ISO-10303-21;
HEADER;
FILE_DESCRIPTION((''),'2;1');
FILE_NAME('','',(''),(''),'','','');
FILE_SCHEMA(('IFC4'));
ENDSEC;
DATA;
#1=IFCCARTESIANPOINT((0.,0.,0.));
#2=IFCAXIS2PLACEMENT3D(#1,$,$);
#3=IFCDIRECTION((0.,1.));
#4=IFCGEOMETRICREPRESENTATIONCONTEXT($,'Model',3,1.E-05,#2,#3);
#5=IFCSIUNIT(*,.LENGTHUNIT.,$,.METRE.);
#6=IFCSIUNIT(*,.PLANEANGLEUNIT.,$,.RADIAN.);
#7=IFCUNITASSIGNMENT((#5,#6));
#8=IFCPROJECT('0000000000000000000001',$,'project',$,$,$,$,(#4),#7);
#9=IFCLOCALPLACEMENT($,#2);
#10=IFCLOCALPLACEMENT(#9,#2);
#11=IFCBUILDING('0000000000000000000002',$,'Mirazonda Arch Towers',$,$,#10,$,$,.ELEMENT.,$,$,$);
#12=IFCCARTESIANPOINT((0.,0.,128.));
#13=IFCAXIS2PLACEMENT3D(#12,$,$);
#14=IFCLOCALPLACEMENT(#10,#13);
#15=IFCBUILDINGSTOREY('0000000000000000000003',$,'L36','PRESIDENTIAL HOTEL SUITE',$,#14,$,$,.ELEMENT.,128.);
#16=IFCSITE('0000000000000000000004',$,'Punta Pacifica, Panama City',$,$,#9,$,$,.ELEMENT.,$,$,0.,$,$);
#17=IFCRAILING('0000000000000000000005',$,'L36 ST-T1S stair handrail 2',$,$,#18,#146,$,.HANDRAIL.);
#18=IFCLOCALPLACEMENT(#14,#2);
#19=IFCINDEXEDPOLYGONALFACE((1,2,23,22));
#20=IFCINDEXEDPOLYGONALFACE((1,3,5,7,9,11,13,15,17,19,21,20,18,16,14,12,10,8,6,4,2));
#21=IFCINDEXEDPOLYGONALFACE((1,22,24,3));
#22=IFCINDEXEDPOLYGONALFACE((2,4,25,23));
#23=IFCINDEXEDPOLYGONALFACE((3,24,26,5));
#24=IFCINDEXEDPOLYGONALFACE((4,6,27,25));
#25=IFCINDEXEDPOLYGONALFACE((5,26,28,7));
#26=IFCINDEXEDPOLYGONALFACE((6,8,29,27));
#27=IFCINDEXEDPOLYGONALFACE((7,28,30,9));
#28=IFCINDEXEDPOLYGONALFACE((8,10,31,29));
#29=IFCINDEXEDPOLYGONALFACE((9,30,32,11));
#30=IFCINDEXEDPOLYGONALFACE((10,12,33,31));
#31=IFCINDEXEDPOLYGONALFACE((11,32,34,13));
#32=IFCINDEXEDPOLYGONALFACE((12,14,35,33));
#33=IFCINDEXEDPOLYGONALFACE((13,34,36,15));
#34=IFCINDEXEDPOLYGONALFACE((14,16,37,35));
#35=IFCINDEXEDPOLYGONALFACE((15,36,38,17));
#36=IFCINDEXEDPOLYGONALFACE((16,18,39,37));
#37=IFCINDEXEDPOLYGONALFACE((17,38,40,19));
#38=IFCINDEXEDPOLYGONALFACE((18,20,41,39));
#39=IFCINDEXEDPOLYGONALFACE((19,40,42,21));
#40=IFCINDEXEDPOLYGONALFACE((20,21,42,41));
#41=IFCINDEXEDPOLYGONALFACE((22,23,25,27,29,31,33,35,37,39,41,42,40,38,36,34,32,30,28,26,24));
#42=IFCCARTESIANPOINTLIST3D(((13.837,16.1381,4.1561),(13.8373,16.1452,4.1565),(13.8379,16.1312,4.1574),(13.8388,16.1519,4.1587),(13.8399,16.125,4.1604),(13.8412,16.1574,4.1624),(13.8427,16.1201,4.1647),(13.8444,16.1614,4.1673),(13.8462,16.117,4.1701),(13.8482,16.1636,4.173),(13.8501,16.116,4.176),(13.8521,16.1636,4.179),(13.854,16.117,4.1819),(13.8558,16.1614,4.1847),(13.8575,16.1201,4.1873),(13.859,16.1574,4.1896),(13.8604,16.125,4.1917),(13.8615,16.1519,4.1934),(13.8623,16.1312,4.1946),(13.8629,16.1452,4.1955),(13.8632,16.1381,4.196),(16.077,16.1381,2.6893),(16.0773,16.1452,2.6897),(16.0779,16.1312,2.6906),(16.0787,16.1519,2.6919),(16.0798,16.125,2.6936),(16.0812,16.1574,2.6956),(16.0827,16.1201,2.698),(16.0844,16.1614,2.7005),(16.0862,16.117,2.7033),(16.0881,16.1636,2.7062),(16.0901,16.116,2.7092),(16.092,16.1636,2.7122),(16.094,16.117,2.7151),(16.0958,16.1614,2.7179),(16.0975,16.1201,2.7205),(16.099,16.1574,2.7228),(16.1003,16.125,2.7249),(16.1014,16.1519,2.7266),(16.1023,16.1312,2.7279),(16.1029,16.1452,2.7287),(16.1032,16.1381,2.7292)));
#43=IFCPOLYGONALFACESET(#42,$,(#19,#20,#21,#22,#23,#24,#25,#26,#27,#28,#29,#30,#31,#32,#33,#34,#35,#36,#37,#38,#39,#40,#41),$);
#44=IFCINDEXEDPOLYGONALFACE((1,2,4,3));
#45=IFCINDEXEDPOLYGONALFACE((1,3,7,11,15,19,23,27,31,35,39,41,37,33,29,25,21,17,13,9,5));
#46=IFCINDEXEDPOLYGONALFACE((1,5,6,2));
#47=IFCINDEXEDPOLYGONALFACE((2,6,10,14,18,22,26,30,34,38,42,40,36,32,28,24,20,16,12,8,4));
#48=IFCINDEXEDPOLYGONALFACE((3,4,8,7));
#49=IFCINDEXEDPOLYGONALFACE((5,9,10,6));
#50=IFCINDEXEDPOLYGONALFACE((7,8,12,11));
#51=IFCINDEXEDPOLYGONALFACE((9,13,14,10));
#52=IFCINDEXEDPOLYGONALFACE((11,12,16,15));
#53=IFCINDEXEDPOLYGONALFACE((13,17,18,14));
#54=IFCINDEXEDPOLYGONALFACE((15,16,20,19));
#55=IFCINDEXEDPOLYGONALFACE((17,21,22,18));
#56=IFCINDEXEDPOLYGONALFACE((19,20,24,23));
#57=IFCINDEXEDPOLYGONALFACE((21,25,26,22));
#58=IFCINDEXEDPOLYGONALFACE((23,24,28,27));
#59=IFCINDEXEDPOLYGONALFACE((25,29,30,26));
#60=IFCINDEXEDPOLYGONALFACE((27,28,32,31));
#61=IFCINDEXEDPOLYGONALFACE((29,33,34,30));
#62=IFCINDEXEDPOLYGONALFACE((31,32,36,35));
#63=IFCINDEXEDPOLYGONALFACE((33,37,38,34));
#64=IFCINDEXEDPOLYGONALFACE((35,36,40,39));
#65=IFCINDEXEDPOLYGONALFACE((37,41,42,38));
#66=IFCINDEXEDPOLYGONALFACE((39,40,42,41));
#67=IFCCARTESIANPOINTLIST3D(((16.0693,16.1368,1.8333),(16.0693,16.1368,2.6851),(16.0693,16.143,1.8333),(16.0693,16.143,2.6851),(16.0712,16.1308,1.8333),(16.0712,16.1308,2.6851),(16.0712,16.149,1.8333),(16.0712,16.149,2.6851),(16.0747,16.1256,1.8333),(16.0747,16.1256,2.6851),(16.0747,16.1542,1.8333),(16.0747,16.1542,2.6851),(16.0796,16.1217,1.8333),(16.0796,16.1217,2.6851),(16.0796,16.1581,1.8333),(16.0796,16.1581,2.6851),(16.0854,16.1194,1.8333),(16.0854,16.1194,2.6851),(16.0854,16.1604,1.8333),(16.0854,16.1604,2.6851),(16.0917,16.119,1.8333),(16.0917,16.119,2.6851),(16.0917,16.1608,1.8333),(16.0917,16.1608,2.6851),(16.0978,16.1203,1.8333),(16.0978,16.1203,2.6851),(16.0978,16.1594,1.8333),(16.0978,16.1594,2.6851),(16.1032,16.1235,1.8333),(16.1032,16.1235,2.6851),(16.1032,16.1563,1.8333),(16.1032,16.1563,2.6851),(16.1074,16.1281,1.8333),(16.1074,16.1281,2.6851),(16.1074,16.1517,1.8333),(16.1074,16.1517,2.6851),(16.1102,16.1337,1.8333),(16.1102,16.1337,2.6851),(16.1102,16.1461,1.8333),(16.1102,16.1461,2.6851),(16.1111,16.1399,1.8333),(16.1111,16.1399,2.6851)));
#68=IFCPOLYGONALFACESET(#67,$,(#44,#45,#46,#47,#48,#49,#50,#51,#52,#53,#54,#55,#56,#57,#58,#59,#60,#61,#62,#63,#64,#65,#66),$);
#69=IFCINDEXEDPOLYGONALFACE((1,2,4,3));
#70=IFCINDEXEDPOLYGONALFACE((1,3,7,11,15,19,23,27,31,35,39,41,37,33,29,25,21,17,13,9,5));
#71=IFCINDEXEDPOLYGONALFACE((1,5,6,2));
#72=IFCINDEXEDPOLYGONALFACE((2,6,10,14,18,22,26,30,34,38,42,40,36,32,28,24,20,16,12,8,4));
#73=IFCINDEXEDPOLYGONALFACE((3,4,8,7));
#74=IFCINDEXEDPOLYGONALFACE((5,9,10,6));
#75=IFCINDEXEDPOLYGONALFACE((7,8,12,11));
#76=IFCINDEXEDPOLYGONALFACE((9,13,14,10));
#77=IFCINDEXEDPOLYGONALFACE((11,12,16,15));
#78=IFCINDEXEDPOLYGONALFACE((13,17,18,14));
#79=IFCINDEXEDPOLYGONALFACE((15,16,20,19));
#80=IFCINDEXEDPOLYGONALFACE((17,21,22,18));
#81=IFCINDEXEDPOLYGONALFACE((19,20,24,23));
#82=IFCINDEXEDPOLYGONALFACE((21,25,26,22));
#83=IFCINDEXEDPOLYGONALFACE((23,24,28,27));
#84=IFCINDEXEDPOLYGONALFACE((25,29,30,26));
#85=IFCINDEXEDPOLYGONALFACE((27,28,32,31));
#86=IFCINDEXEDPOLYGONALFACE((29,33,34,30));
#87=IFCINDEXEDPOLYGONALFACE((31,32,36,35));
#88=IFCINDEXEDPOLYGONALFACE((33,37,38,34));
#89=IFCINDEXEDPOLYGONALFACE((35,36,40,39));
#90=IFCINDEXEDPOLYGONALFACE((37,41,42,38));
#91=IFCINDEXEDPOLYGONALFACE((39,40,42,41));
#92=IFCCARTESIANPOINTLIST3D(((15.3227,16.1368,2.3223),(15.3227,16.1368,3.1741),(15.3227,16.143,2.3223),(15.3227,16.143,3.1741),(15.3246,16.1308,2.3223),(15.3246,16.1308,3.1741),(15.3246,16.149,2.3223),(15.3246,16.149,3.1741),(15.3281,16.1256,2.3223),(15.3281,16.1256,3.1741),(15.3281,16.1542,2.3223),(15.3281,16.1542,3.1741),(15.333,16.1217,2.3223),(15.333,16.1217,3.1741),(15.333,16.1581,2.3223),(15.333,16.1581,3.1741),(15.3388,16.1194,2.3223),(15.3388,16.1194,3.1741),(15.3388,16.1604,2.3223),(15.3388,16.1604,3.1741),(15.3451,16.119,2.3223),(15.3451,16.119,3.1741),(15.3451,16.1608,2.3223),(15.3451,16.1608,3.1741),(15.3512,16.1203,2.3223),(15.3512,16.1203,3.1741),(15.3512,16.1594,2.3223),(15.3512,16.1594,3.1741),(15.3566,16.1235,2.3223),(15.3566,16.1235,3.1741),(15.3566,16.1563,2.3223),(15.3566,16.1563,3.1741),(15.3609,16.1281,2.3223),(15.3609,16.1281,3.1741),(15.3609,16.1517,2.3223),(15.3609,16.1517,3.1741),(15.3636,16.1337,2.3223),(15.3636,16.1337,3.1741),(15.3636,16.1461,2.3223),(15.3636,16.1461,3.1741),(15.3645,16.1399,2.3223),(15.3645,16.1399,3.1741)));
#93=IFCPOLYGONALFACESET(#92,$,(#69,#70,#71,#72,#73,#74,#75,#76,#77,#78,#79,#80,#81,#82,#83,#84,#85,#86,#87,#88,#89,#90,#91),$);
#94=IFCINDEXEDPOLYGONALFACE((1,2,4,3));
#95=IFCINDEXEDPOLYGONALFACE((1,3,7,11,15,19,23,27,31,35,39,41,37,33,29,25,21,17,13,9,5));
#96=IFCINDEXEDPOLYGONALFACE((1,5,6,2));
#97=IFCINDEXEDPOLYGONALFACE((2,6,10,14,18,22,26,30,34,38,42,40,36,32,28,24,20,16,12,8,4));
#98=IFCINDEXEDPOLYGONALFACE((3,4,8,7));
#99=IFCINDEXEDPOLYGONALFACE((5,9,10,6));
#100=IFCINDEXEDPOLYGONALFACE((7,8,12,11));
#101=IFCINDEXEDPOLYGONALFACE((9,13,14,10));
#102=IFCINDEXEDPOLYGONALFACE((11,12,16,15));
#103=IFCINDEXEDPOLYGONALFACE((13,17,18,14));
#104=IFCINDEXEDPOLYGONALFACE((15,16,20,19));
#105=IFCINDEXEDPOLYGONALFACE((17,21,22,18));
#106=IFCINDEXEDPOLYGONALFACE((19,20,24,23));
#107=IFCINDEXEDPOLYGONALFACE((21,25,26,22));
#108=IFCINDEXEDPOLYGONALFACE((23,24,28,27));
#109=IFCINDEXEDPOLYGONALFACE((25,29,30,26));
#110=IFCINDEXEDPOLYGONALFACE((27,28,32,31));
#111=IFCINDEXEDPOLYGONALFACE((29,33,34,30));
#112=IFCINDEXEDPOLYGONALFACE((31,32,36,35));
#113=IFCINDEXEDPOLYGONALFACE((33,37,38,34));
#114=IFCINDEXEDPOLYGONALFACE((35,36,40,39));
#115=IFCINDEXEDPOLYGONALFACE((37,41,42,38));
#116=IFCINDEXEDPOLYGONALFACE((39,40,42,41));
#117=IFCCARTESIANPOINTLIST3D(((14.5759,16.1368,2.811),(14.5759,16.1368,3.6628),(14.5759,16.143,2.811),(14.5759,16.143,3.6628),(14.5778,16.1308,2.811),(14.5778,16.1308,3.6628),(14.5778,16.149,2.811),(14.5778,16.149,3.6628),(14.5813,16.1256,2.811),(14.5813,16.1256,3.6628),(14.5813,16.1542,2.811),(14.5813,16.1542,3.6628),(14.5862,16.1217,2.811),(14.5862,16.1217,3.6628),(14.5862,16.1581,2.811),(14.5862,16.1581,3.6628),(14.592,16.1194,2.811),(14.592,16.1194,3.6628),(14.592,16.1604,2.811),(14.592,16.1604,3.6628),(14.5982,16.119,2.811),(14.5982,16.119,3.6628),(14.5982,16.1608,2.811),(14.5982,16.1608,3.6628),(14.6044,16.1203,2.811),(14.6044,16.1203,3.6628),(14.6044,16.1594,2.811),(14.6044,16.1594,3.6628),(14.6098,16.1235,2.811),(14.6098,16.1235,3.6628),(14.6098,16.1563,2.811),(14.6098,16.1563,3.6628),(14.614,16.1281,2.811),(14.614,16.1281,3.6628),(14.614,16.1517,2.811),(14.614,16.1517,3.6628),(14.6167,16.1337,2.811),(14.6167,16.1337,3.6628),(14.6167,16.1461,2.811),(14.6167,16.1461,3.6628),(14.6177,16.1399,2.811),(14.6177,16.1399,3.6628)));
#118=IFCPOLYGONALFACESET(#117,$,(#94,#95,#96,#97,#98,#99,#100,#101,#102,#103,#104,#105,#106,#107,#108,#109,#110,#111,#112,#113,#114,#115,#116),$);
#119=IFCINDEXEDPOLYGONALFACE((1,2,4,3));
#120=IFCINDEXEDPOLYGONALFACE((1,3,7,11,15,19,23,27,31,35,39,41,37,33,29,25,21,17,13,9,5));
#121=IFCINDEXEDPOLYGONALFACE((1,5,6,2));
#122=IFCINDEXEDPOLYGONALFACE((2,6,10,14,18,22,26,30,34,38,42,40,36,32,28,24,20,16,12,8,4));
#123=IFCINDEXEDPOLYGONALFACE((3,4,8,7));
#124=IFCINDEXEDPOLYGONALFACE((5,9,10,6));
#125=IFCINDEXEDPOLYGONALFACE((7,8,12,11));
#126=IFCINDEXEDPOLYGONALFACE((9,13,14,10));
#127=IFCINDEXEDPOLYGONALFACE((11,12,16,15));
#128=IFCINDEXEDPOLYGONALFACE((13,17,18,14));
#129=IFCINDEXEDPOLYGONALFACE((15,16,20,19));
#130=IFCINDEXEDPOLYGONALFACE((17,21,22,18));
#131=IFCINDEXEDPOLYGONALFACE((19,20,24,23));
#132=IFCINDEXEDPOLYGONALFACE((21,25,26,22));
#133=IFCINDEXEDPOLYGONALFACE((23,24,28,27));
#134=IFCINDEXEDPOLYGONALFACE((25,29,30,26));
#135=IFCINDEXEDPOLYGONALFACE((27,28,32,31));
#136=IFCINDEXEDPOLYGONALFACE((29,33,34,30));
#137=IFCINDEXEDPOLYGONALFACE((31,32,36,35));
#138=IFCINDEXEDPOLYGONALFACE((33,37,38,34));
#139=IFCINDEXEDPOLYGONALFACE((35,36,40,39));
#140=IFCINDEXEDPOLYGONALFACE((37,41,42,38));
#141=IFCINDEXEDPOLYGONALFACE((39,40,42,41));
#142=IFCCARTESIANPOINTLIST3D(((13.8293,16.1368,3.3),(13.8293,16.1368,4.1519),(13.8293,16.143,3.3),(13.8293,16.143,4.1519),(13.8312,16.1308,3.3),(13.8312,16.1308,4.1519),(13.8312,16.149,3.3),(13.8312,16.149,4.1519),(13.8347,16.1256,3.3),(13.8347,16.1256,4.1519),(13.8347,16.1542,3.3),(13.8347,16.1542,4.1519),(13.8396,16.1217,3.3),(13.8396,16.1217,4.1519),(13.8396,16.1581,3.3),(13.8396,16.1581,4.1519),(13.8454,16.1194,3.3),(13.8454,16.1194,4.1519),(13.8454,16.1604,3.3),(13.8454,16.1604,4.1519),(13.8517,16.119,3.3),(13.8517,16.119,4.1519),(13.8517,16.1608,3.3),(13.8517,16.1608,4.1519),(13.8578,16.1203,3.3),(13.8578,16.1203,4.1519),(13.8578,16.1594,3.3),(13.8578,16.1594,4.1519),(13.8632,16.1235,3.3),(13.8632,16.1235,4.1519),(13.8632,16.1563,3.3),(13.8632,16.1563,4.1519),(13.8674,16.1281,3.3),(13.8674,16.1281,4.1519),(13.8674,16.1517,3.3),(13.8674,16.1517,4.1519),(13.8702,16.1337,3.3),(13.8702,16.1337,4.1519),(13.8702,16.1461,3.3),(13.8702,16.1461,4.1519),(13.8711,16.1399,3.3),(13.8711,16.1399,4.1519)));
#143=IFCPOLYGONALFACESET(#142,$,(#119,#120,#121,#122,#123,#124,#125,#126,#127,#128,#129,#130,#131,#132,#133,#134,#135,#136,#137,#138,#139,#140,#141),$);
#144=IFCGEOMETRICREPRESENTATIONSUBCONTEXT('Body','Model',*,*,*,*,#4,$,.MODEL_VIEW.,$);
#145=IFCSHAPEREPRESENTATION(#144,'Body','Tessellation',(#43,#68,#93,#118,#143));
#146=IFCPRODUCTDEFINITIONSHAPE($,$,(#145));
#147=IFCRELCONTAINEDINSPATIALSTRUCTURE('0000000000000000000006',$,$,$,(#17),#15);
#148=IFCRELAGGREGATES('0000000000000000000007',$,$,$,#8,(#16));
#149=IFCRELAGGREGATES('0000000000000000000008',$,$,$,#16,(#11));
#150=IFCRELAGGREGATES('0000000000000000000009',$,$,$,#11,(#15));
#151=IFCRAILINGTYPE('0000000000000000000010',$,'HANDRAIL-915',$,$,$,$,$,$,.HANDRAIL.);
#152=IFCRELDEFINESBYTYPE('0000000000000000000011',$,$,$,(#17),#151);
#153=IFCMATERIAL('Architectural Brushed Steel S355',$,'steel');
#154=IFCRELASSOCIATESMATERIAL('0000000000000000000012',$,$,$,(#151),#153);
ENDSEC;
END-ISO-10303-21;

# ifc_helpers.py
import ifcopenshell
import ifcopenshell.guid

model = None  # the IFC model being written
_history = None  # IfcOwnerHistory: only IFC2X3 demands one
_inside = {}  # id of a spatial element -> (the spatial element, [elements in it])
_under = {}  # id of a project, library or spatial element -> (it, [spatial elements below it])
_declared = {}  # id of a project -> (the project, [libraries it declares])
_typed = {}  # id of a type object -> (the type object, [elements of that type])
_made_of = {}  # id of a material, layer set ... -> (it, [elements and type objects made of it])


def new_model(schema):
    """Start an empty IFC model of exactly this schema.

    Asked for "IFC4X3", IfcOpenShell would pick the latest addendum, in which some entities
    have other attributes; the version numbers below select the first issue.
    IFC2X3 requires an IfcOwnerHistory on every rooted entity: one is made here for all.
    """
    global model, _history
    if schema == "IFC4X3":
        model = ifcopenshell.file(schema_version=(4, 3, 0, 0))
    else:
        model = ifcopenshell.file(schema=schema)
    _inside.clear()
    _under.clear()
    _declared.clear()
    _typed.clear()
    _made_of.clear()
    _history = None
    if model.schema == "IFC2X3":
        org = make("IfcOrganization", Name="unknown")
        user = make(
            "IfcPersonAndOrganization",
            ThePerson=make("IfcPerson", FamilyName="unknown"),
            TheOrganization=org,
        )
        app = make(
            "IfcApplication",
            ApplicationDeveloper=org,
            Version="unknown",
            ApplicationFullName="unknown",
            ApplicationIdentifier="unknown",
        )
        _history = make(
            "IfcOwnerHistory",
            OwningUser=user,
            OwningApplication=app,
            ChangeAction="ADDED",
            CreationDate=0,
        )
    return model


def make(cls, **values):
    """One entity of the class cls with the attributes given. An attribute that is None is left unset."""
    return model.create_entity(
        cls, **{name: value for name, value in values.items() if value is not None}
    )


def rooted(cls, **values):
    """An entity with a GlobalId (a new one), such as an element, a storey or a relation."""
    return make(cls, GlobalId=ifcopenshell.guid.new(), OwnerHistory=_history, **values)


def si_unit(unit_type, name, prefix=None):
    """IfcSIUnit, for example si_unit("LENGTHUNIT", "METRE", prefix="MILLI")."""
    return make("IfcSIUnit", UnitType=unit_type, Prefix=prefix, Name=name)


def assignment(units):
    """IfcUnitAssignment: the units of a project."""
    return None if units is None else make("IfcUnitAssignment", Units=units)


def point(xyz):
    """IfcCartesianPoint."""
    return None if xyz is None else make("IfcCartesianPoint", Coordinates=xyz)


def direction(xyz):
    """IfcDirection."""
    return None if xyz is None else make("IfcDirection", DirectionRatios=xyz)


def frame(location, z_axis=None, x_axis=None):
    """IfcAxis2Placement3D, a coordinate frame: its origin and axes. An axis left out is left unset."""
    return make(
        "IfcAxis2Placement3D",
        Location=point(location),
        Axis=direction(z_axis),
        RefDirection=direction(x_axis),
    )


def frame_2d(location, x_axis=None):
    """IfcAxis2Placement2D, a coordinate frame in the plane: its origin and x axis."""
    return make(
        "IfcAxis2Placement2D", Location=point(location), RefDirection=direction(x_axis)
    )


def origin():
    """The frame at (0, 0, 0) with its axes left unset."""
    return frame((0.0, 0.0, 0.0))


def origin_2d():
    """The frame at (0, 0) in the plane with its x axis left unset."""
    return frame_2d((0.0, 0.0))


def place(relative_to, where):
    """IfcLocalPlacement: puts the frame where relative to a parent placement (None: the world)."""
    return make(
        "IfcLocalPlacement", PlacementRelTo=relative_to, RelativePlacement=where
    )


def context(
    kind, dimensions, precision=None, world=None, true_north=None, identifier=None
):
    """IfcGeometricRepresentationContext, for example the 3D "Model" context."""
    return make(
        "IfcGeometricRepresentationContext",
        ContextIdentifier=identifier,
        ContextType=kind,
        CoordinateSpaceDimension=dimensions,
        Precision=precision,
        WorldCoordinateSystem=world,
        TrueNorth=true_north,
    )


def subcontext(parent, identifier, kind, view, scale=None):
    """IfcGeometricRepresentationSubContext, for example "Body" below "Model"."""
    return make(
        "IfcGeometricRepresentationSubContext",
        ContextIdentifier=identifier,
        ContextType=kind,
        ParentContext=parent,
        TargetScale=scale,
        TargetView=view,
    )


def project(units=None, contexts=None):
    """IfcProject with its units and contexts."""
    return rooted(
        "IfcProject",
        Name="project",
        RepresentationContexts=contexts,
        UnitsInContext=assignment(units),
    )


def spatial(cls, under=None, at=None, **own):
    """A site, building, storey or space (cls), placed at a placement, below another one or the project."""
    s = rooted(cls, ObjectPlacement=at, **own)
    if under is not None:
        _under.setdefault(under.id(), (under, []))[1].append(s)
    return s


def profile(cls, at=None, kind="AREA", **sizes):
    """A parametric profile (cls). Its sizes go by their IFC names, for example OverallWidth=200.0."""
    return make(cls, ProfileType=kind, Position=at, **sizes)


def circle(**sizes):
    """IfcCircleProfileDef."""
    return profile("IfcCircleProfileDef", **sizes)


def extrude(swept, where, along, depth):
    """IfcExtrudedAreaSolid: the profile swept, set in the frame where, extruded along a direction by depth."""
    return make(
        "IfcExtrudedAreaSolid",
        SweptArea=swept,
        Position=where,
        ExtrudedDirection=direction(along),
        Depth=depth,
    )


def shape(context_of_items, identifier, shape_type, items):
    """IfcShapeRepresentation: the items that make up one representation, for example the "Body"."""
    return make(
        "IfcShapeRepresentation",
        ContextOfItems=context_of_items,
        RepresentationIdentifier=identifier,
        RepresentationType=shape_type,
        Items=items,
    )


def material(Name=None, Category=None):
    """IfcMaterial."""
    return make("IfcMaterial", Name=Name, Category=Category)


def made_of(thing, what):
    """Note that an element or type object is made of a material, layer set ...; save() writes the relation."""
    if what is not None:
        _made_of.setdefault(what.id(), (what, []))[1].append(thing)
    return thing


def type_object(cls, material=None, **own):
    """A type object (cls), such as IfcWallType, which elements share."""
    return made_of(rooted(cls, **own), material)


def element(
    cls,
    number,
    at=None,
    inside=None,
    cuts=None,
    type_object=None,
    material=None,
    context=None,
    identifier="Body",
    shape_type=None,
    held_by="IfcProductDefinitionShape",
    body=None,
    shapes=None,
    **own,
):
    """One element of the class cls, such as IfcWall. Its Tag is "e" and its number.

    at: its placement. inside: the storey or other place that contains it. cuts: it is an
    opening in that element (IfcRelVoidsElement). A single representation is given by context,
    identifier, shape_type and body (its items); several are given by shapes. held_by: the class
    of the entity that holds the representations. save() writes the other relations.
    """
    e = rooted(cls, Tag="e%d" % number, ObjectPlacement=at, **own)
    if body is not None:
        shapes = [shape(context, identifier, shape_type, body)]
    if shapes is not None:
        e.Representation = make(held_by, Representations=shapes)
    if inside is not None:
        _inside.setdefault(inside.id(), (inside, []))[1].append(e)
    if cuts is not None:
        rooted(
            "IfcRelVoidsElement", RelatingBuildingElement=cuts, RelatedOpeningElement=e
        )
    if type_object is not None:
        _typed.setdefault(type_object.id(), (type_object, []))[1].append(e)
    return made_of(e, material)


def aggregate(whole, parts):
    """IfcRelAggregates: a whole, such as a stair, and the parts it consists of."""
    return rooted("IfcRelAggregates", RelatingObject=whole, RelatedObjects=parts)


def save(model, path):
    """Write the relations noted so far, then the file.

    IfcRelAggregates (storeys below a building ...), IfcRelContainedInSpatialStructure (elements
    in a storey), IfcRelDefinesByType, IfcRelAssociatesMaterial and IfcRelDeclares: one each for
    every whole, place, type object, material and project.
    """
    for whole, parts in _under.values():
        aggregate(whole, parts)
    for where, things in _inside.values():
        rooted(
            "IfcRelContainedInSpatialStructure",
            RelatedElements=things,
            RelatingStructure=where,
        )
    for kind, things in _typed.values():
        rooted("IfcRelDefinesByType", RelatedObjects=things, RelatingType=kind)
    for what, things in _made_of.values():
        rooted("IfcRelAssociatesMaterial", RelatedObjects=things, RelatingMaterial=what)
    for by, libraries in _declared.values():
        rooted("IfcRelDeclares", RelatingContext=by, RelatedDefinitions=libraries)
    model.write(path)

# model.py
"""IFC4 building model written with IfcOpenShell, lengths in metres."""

from ifc_helpers import new_model, si_unit, direction, frame, origin, origin_2d, place, context, subcontext, project, spatial, circle, extrude, material, type_object, element, save


model = new_model("IFC4")

# Units and contexts
model_context = context("Model", 3, precision=1e-05, world=origin(), true_north=direction((0.0, 1.0)))
body_context = subcontext(model_context, "Body", "Model", "MODEL_VIEW")
ifc_project = project(units=[si_unit("LENGTHUNIT", "METRE"), si_unit("PLANEANGLEUNIT", "RADIAN")], contexts=[model_context])

# Site, building, storey
site_placement = place(None, origin())
site = spatial("IfcSite", under=ifc_project, at=site_placement, Name="Punta Pacifica, Panama City", CompositionType="ELEMENT", RefElevation=0.0)
building_placement = place(site_placement, origin())
building = spatial("IfcBuilding", under=site, at=building_placement, Name="Mirazonda Arch Towers", CompositionType="ELEMENT")
storey_placement = place(building_placement, frame((0.0, 0.0, 128.0)))
storey = spatial("IfcBuildingStorey", under=building, at=storey_placement, Name="L36", Description="PRESIDENTIAL HOTEL SUITE", CompositionType="ELEMENT", Elevation=128.0)

# Shared definitions
ifc_material_1 = material(Name="Architectural Brushed Steel S355", Category="steel")

# Railing
railing_type_1 = type_object("IfcRailingType", Name="HANDRAIL-915", PredefinedType="HANDRAIL", material=ifc_material_1)
railing_1_placement = place(storey_placement, frame((16.0901, 16.1399, 1.8333)))
element("IfcRailing", 1, at=railing_1_placement, inside=storey, type_object=railing_type_1, Name="L36 ST-T1S stair handrail 2", PredefinedType="HANDRAIL", context=body_context, shape_type="SweptSolid", body=[
    extrude(circle(Radius=0.0239, at=origin_2d()), frame((0.0, 0.0, 0.876), z_axis=(-0.836595, 0.0, 0.547822), x_axis=(0.0, -1.0, 0.0)), (0.0, 0.0, 1.0), 2.6775),
    extrude(circle(Radius=0.021, at=origin_2d()), origin(), (0.0, 0.0, 1.0), 0.8518),
    extrude(circle(Radius=0.021, at=origin_2d()), frame((-0.7466, 0.0, 0.489)), (0.0, 0.0, 1.0), 0.8518),
    extrude(circle(Radius=0.021, at=origin_2d()), frame((-1.4934, 0.0, 0.9778)), (0.0, 0.0, 1.0), 0.8518),
    extrude(circle(Radius=0.021, at=origin_2d()), frame((-2.24, 0.0, 1.4668)), (0.0, 0.0, 1.0), 0.8518),
])

save(model, "model.ifc")
